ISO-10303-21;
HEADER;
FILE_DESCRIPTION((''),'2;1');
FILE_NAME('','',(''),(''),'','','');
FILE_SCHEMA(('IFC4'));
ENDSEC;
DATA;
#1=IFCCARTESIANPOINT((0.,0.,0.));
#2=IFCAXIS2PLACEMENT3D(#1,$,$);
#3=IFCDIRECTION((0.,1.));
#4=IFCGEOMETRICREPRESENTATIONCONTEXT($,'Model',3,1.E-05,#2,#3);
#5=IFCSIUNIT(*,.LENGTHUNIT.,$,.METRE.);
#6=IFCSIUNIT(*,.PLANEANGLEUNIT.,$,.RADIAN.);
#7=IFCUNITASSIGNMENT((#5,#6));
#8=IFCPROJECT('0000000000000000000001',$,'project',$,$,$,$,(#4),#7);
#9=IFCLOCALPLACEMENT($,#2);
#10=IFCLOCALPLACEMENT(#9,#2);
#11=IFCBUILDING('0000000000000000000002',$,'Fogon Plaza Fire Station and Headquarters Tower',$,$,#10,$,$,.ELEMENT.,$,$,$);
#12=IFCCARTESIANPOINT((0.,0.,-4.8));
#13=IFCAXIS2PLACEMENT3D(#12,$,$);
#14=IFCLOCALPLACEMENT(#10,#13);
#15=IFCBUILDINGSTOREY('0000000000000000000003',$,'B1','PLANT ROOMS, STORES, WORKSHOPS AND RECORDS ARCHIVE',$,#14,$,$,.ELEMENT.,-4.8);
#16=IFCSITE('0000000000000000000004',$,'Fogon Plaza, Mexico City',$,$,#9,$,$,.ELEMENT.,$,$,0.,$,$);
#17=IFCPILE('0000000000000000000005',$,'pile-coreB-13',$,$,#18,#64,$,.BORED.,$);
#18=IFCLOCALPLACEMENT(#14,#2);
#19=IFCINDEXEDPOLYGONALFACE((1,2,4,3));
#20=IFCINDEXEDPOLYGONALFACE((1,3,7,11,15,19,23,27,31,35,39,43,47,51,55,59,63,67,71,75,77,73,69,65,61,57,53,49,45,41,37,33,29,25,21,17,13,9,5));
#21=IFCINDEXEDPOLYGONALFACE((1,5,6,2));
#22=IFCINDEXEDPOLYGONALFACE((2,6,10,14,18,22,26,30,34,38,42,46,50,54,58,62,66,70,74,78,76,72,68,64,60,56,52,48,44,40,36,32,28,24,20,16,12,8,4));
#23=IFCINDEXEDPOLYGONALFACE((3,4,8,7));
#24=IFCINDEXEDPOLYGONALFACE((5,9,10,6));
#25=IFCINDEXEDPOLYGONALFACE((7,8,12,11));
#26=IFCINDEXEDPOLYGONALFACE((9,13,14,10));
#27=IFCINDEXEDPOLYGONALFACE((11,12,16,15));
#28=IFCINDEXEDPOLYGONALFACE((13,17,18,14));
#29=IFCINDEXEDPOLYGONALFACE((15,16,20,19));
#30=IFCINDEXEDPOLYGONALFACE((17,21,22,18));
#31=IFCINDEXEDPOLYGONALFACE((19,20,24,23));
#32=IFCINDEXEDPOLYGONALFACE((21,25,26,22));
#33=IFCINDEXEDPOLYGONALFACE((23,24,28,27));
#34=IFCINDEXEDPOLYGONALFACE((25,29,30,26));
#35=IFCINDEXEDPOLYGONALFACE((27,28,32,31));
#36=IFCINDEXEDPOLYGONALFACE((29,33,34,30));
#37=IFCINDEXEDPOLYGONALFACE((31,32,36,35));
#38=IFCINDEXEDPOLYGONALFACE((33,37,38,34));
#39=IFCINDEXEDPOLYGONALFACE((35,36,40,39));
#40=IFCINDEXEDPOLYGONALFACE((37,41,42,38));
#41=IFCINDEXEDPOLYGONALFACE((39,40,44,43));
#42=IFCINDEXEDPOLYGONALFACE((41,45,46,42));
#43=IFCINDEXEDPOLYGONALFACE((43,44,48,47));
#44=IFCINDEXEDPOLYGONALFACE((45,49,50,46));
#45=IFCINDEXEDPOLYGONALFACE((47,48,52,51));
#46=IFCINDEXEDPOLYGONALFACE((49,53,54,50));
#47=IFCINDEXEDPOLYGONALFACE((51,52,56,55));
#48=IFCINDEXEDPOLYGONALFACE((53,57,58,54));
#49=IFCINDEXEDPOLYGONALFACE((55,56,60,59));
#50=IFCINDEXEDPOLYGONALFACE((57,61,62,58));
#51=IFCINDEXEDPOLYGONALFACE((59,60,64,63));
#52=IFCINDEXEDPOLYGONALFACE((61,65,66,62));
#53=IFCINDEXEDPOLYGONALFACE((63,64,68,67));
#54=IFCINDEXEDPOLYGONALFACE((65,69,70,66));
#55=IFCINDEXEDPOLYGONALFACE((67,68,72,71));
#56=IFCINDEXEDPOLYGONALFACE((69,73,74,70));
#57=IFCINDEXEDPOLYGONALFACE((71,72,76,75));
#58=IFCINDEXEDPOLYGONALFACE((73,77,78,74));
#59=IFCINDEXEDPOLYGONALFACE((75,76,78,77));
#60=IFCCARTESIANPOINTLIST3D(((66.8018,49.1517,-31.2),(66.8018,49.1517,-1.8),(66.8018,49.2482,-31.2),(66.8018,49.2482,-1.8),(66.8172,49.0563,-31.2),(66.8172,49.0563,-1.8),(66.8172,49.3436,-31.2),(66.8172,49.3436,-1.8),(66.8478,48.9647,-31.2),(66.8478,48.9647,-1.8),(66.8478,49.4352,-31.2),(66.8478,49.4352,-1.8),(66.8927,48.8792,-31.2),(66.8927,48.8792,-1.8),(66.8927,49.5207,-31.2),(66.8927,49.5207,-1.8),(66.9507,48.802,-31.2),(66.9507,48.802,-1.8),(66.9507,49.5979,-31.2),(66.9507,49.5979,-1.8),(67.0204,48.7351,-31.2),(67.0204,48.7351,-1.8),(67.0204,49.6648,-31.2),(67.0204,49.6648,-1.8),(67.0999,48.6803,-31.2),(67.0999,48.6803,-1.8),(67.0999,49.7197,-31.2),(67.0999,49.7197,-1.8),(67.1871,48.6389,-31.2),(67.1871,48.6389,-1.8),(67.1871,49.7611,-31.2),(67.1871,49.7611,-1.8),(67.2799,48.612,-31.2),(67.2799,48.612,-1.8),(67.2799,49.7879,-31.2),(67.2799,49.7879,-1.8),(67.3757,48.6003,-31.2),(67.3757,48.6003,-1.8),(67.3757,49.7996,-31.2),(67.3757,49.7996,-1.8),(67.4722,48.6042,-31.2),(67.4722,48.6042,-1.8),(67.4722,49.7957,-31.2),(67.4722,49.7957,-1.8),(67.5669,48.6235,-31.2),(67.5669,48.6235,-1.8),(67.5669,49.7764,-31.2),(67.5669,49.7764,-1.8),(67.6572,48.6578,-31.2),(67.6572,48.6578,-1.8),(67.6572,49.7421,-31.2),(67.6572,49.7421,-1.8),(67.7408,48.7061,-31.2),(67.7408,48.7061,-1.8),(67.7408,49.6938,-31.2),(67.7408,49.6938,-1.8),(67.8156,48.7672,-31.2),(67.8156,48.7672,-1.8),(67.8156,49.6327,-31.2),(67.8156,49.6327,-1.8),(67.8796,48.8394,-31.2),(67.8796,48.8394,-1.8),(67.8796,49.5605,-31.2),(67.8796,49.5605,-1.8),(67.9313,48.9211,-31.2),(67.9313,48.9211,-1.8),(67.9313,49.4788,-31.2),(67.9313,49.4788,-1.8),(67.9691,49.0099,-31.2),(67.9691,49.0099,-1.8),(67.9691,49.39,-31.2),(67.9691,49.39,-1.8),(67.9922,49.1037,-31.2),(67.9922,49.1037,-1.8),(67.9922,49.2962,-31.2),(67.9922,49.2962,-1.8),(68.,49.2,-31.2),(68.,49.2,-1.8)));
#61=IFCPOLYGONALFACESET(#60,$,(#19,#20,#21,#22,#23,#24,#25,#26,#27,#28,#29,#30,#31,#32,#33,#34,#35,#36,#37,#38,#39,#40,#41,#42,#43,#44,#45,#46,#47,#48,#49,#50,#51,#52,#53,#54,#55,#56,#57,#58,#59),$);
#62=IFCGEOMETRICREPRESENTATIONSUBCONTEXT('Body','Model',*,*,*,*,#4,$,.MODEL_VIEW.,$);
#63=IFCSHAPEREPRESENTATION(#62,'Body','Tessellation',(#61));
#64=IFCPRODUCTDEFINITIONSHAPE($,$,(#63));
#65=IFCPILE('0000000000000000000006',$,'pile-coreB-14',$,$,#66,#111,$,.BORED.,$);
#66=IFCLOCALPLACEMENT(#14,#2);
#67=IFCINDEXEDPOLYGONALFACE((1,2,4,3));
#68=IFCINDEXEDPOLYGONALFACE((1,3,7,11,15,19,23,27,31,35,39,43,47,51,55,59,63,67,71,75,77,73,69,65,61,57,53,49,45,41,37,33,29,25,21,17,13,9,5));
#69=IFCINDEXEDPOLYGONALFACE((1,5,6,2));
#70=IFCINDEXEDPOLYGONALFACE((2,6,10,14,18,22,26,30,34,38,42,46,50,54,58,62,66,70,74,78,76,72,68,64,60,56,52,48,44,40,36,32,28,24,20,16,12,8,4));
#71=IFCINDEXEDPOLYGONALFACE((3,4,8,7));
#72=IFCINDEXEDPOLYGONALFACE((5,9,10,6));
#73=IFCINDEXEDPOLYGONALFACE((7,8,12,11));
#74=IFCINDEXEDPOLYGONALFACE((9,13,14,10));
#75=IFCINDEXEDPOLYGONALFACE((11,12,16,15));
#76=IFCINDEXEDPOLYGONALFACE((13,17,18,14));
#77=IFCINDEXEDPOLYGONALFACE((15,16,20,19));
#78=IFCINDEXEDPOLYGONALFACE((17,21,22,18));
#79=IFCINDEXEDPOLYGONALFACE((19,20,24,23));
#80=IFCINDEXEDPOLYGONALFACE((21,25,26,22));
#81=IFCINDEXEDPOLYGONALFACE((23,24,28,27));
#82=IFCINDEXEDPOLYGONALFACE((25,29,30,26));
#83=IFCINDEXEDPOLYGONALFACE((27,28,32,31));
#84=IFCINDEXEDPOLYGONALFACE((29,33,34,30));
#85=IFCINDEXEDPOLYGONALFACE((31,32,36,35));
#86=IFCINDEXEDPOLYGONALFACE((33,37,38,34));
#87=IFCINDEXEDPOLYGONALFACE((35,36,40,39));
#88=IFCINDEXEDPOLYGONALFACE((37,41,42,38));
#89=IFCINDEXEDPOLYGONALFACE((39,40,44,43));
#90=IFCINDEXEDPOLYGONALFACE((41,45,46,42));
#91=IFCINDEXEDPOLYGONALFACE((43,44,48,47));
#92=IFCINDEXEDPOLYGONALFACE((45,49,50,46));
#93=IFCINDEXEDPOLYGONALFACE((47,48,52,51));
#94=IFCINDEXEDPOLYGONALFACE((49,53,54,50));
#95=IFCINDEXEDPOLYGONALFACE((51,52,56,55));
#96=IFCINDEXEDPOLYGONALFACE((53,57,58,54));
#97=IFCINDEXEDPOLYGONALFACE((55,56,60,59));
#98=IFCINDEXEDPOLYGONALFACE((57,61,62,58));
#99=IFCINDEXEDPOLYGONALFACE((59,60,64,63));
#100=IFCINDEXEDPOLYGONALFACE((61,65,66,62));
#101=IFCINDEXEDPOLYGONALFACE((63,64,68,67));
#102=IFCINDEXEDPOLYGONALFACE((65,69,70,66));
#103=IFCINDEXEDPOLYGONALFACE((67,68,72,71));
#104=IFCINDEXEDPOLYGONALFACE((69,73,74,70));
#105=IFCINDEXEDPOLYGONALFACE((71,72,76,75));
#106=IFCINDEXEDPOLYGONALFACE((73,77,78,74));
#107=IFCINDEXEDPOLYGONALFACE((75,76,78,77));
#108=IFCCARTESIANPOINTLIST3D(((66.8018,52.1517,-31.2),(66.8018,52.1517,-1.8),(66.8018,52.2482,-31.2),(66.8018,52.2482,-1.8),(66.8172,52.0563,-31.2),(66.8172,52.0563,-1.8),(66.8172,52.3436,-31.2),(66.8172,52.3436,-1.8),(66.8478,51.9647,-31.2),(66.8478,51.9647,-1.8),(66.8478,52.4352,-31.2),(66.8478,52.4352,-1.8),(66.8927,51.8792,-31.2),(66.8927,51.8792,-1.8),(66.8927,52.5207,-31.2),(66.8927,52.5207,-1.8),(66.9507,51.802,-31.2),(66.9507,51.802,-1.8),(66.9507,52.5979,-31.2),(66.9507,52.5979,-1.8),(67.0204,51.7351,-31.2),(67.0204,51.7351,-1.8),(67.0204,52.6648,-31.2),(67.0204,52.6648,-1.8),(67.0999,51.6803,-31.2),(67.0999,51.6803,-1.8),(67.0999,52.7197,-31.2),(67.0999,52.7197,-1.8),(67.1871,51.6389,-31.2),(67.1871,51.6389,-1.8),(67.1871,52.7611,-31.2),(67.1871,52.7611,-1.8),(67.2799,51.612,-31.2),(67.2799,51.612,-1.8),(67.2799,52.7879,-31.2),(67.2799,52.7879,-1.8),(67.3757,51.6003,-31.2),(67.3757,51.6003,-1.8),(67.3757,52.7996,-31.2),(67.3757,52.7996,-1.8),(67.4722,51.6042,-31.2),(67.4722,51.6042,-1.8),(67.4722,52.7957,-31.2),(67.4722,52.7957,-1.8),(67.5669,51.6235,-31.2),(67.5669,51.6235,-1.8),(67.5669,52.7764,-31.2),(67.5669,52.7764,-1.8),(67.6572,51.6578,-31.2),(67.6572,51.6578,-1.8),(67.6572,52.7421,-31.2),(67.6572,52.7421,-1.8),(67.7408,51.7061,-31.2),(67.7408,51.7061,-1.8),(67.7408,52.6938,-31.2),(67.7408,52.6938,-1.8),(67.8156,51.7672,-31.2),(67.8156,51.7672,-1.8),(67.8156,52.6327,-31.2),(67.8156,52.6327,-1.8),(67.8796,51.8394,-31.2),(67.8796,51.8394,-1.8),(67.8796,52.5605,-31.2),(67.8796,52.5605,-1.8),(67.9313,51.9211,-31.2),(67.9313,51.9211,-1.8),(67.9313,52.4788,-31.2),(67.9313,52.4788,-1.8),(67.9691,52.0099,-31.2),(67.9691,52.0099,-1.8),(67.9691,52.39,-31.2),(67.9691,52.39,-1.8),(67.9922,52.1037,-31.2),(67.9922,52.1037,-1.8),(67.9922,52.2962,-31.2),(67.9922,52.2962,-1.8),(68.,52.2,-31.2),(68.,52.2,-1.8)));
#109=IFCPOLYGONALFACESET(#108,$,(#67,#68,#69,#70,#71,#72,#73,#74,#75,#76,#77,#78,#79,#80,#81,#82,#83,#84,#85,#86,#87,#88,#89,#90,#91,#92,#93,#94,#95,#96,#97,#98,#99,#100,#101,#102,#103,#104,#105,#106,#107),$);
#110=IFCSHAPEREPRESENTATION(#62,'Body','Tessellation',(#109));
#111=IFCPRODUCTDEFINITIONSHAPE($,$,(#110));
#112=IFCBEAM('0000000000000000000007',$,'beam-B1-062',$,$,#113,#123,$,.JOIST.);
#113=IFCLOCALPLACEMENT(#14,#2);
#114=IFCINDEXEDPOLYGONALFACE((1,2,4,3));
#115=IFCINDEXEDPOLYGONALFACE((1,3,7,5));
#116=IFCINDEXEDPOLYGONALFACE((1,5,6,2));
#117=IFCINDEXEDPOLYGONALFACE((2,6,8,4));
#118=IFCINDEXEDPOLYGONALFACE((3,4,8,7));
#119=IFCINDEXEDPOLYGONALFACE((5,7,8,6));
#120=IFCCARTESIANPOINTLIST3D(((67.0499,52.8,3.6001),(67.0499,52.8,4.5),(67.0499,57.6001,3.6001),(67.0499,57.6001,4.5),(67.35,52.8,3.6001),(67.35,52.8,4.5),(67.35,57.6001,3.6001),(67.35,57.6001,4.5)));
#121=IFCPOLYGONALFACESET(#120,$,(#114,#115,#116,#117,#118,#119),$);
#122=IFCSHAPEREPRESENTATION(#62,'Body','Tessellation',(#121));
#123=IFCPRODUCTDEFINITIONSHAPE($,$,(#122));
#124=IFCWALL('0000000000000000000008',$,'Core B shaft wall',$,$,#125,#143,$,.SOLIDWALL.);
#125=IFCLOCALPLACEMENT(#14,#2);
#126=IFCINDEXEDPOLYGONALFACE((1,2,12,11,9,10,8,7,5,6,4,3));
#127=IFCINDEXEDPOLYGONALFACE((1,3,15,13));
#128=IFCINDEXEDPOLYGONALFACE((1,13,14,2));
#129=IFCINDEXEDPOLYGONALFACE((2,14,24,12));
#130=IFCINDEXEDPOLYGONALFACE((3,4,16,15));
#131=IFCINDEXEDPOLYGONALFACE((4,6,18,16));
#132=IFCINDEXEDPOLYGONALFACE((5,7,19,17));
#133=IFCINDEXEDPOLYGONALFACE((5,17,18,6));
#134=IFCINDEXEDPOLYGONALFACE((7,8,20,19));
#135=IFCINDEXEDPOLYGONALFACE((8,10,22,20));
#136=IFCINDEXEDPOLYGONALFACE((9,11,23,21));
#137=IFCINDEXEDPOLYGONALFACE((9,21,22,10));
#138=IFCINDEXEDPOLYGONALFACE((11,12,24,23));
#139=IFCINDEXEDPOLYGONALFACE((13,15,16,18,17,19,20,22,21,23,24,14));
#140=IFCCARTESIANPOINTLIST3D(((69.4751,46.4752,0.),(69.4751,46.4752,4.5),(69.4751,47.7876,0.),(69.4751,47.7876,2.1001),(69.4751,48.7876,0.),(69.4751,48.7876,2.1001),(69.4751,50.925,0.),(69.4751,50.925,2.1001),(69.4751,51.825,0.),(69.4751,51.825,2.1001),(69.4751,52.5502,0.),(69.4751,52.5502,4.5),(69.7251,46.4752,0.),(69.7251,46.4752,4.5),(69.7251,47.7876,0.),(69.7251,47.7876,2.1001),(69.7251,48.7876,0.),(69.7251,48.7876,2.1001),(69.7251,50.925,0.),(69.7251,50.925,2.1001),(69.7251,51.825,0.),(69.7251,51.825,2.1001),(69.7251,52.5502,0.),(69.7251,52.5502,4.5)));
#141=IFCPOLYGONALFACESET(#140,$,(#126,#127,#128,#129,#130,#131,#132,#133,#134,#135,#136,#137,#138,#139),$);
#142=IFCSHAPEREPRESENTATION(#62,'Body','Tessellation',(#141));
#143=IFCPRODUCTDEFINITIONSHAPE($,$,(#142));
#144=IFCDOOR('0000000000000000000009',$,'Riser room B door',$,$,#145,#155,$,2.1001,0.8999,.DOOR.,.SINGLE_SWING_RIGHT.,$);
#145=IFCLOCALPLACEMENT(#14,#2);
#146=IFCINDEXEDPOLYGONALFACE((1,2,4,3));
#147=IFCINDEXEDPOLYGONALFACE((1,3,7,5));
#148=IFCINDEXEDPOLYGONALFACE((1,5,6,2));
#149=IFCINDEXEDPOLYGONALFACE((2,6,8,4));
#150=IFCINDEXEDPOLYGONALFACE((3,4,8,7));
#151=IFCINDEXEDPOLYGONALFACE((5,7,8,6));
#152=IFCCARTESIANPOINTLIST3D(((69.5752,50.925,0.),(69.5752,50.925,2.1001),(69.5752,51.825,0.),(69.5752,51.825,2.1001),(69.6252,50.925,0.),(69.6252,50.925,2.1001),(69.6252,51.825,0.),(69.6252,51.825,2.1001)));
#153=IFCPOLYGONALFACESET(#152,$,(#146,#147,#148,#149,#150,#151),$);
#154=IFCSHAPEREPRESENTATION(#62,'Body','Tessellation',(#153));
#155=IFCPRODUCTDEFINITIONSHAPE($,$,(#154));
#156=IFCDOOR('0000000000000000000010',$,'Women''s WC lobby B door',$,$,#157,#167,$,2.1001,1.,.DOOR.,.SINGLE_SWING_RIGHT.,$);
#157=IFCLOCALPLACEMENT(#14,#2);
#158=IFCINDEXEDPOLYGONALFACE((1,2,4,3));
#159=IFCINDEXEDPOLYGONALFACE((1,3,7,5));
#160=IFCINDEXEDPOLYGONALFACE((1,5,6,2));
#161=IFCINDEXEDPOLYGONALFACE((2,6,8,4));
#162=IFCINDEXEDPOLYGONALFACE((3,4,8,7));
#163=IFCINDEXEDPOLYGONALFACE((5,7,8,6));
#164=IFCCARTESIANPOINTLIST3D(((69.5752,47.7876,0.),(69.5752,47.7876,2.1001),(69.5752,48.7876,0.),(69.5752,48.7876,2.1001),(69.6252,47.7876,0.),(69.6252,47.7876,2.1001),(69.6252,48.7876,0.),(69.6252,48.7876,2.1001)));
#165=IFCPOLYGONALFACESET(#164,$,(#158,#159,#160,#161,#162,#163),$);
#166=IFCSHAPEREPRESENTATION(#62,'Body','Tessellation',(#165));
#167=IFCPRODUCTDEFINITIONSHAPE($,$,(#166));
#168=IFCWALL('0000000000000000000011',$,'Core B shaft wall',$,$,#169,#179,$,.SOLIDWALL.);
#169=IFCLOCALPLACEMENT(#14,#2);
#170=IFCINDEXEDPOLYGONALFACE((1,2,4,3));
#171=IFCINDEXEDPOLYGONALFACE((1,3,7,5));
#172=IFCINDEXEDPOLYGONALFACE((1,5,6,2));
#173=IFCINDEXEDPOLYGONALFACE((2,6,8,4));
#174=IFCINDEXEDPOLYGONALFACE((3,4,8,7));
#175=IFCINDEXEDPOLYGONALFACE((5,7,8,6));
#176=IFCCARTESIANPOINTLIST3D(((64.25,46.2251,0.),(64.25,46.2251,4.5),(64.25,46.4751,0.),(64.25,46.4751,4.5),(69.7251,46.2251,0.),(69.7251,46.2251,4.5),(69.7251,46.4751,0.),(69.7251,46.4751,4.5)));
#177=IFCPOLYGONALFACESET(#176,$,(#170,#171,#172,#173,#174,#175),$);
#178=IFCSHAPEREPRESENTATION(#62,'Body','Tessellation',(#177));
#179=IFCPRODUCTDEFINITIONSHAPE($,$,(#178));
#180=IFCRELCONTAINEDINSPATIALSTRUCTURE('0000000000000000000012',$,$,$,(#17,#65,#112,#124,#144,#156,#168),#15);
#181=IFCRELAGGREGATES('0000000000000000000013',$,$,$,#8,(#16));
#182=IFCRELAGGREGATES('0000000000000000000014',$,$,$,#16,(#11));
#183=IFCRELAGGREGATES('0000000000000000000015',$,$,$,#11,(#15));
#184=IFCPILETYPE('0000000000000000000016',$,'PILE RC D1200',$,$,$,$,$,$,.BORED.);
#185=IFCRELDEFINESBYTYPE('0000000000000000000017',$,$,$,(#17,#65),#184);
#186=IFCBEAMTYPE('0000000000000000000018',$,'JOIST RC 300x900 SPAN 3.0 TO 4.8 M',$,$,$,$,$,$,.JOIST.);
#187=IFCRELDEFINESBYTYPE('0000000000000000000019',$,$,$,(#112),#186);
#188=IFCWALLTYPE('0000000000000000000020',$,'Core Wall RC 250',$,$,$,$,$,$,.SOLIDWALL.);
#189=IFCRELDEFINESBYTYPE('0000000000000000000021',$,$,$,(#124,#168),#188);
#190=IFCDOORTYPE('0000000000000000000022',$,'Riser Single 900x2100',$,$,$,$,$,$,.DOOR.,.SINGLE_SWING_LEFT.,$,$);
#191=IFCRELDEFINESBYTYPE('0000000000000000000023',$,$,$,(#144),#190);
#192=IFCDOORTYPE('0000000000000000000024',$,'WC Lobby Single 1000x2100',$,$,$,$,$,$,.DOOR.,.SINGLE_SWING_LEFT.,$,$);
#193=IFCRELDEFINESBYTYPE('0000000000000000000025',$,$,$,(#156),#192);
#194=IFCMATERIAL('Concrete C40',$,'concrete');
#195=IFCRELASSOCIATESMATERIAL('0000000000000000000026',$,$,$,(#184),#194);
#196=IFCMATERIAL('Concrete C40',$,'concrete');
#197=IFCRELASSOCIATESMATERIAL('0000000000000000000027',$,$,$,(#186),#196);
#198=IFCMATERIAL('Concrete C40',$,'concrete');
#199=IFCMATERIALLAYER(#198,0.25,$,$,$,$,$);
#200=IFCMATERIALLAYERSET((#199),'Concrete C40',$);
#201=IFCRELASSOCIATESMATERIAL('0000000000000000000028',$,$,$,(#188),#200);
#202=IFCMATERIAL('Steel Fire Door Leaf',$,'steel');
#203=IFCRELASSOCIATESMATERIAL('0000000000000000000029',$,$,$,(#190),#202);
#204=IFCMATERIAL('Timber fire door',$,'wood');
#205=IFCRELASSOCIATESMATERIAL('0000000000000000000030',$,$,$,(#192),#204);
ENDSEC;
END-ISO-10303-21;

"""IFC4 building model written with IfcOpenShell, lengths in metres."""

from ifc_helpers import new_model, si_unit, direction, frame, frame_2d, origin, origin_2d, place, context, subcontext, project, spatial, rectangle, circle, extrude, material, layer, layer_set, material_profile, profile_set, type_object, element, fill, save


model = new_model("IFC4")

# Units and contexts
model_context = context("Model", 3, precision=1e-05, world=origin(), true_north=direction((0.0, 1.0)))
body_context = subcontext(model_context, "Body", "Model", "MODEL_VIEW")
ifc_project = project(units=[si_unit("LENGTHUNIT", "METRE"), si_unit("PLANEANGLEUNIT", "RADIAN")], contexts=[model_context])

# Site, building, storey
site_placement = place(None, origin())
site = spatial("IfcSite", under=ifc_project, at=site_placement, Name="Fogon Plaza, Mexico City", CompositionType="ELEMENT", RefElevation=0.0)
building_placement = place(site_placement, origin())
building = spatial("IfcBuilding", under=site, at=building_placement, Name="Fogon Plaza Fire Station and Headquarters Tower", CompositionType="ELEMENT")
storey_placement = place(building_placement, frame((0.0, 0.0, -4.8)))
storey = spatial("IfcBuildingStorey", under=building, at=storey_placement, Name="B1", Description="PLANT ROOMS, STORES, WORKSHOPS AND RECORDS ARCHIVE", CompositionType="ELEMENT", Elevation=-4.8)

# Piles
ifc_material_1 = material(Name="Concrete C40", Category="concrete")
ifc_material_profile_1 = material_profile(ifc_material_1, circle(Radius=0.6001, at=origin_2d()), Name="RC D1200")
ifc_profile_set_1 = profile_set([ifc_material_profile_1], Name="Concrete C40")
pile_type_1 = type_object("IfcPileType", Name="PILE RC D1200", PredefinedType="BORED", material=ifc_profile_set_1)
for number, where, z_axis, x_axis, name in (
    (1, (67.3999, 49.2, -1.8), (0.0, 0.0, -1.0), (1.0, 0.0, 0.0), "pile-coreB-13"),
    (2, (67.3999, 52.2, -1.8), (0.0, 0.0, -1.0), (1.0, 0.0, 0.0), "pile-coreB-14"),
):
    element("IfcPile", number, at=place(storey_placement, frame(where, z_axis=z_axis, x_axis=x_axis)), inside=storey, type_object=pile_type_1, Name=name, PredefinedType="BORED", context=body_context, shape_type="SweptSolid", body=[
        extrude(circle(Radius=0.6001, at=origin_2d()), origin(), (0.0, 0.0, 1.0), 29.3999),
    ])

# Beam
ifc_material_2 = material(Name="Concrete C40", Category="concrete")
ifc_material_profile_2 = material_profile(ifc_material_2, rectangle(XDim=0.3, YDim=0.8999, at=origin_2d()), Name="RC 300x900")
ifc_profile_set_2 = profile_set([ifc_material_profile_2], Name="Concrete C40")
beam_type = type_object("IfcBeamType", Name="JOIST RC 300x900 SPAN 3.0 TO 4.8 M", PredefinedType="JOIST", material=ifc_profile_set_2)
beam_placement = place(storey_placement, frame((67.2, 52.8, 4.05), z_axis=(0.0, 1.0, 0.0), x_axis=(-1.0, 0.0, 0.0)))
element("IfcBeam", 3, at=beam_placement, inside=storey, type_object=beam_type, Name="beam-B1-062", PredefinedType="JOIST", context=body_context, shape_type="SweptSolid", body=[
    extrude(rectangle(XDim=0.3, YDim=0.8999, at=origin_2d()), origin(), (0.0, 0.0, 1.0), 4.8),
])

# Wall, openings, doors
ifc_material_3 = material(Name="Concrete C40", Category="concrete")
ifc_layer_1 = layer(ifc_material_3, 0.25)
ifc_layer_set_1 = layer_set([ifc_layer_1], Name="Concrete C40")
wall_type_1 = type_object("IfcWallType", Name="Core Wall RC 250", PredefinedType="SOLIDWALL", material=ifc_layer_set_1)
wall_1_placement = place(storey_placement, frame((69.6001, 46.4751, 0.0), z_axis=(0.0, 0.0, 1.0), x_axis=(0.0, 1.0, 0.0)))
wall_1 = element("IfcWall", 4, at=wall_1_placement, inside=storey, type_object=wall_type_1, Name="Core B shaft wall", PredefinedType="SOLIDWALL", context=body_context, shape_type="SweptSolid", body=[
    extrude(rectangle(XDim=6.075, YDim=0.25, at=frame_2d((3.0376, 0.0))), origin(), (0.0, 0.0, 1.0), 4.5),
])
opening_1_placement = place(wall_1_placement, frame((1.3125, 0.0, 0.0)))
opening_1 = element("IfcOpeningElement", 5, at=opening_1_placement, cuts=wall_1, PredefinedType="OPENING", context=body_context, shape_type="SweptSolid", body=[
    extrude(rectangle(XDim=1.0, YDim=2.1001, at=frame_2d((0.5, 1.05))), frame((0.0, 0.135, 0.0), z_axis=(0.0, -1.0, 0.0), x_axis=(1.0, 0.0, 0.0)), (0.0, 0.0, 1.0), 0.27),
])
opening_2_placement = place(wall_1_placement, frame((4.45, 0.0, 0.0)))
opening_2 = element("IfcOpeningElement", 6, at=opening_2_placement, cuts=wall_1, PredefinedType="OPENING", context=body_context, shape_type="SweptSolid", body=[
    extrude(rectangle(XDim=0.8999, YDim=2.1001, at=frame_2d((0.45, 1.05))), frame((0.0, 0.135, 0.0), z_axis=(0.0, -1.0, 0.0), x_axis=(1.0, 0.0, 0.0)), (0.0, 0.0, 1.0), 0.27),
])
ifc_material_4 = material(Name="Steel Fire Door Leaf", Category="steel")
door_type_1 = type_object("IfcDoorType", Name="Riser Single 900x2100", OperationType="SINGLE_SWING_LEFT", PredefinedType="DOOR", material=ifc_material_4)
door_1_placement = place(opening_2_placement, origin())
door_1 = element("IfcDoor", 7, at=door_1_placement, inside=storey, type_object=door_type_1, Name="Riser room B door", OperationType="SINGLE_SWING_RIGHT", OverallHeight=2.1001, OverallWidth=0.8999, PredefinedType="DOOR", context=body_context, shape_type="SweptSolid", body=[
    extrude(rectangle(XDim=0.8999, YDim=2.1001, at=frame_2d((0.45, 1.05))), frame((0.0, 0.0249, 0.0), z_axis=(0.0, -1.0, 0.0), x_axis=(1.0, 0.0, 0.0)), (0.0, 0.0, 1.0), 0.05),
])
fill(opening_2, door_1)
ifc_material_5 = material(Name="Timber fire door", Category="wood")
door_type_2 = type_object("IfcDoorType", Name="WC Lobby Single 1000x2100", OperationType="SINGLE_SWING_LEFT", PredefinedType="DOOR", material=ifc_material_5)
door_2_placement = place(opening_1_placement, origin())
door_2 = element("IfcDoor", 8, at=door_2_placement, inside=storey, type_object=door_type_2, Name="Women's WC lobby B door", OperationType="SINGLE_SWING_RIGHT", OverallHeight=2.1001, OverallWidth=1.0, PredefinedType="DOOR", context=body_context, shape_type="SweptSolid", body=[
    extrude(rectangle(XDim=1.0, YDim=2.1001, at=frame_2d((0.5, 1.05))), frame((0.0, 0.0249, 0.0), z_axis=(0.0, -1.0, 0.0), x_axis=(1.0, 0.0, 0.0)), (0.0, 0.0, 1.0), 0.05),
])
fill(opening_1, door_2)

# Wall
wall_2_placement = place(storey_placement, frame((69.7251, 46.3501, 0.0), z_axis=(0.0, 0.0, 1.0), x_axis=(-1.0, 0.0, 0.0)))
element("IfcWall", 9, at=wall_2_placement, inside=storey, type_object=wall_type_1, Name="Core B shaft wall", PredefinedType="SOLIDWALL", context=body_context, shape_type="SweptSolid", body=[
    extrude(rectangle(XDim=5.4751, YDim=0.25, at=frame_2d((2.7375, 0.0))), origin(), (0.0, 0.0, 1.0), 4.5),
])

save(model, "model.ifc")
